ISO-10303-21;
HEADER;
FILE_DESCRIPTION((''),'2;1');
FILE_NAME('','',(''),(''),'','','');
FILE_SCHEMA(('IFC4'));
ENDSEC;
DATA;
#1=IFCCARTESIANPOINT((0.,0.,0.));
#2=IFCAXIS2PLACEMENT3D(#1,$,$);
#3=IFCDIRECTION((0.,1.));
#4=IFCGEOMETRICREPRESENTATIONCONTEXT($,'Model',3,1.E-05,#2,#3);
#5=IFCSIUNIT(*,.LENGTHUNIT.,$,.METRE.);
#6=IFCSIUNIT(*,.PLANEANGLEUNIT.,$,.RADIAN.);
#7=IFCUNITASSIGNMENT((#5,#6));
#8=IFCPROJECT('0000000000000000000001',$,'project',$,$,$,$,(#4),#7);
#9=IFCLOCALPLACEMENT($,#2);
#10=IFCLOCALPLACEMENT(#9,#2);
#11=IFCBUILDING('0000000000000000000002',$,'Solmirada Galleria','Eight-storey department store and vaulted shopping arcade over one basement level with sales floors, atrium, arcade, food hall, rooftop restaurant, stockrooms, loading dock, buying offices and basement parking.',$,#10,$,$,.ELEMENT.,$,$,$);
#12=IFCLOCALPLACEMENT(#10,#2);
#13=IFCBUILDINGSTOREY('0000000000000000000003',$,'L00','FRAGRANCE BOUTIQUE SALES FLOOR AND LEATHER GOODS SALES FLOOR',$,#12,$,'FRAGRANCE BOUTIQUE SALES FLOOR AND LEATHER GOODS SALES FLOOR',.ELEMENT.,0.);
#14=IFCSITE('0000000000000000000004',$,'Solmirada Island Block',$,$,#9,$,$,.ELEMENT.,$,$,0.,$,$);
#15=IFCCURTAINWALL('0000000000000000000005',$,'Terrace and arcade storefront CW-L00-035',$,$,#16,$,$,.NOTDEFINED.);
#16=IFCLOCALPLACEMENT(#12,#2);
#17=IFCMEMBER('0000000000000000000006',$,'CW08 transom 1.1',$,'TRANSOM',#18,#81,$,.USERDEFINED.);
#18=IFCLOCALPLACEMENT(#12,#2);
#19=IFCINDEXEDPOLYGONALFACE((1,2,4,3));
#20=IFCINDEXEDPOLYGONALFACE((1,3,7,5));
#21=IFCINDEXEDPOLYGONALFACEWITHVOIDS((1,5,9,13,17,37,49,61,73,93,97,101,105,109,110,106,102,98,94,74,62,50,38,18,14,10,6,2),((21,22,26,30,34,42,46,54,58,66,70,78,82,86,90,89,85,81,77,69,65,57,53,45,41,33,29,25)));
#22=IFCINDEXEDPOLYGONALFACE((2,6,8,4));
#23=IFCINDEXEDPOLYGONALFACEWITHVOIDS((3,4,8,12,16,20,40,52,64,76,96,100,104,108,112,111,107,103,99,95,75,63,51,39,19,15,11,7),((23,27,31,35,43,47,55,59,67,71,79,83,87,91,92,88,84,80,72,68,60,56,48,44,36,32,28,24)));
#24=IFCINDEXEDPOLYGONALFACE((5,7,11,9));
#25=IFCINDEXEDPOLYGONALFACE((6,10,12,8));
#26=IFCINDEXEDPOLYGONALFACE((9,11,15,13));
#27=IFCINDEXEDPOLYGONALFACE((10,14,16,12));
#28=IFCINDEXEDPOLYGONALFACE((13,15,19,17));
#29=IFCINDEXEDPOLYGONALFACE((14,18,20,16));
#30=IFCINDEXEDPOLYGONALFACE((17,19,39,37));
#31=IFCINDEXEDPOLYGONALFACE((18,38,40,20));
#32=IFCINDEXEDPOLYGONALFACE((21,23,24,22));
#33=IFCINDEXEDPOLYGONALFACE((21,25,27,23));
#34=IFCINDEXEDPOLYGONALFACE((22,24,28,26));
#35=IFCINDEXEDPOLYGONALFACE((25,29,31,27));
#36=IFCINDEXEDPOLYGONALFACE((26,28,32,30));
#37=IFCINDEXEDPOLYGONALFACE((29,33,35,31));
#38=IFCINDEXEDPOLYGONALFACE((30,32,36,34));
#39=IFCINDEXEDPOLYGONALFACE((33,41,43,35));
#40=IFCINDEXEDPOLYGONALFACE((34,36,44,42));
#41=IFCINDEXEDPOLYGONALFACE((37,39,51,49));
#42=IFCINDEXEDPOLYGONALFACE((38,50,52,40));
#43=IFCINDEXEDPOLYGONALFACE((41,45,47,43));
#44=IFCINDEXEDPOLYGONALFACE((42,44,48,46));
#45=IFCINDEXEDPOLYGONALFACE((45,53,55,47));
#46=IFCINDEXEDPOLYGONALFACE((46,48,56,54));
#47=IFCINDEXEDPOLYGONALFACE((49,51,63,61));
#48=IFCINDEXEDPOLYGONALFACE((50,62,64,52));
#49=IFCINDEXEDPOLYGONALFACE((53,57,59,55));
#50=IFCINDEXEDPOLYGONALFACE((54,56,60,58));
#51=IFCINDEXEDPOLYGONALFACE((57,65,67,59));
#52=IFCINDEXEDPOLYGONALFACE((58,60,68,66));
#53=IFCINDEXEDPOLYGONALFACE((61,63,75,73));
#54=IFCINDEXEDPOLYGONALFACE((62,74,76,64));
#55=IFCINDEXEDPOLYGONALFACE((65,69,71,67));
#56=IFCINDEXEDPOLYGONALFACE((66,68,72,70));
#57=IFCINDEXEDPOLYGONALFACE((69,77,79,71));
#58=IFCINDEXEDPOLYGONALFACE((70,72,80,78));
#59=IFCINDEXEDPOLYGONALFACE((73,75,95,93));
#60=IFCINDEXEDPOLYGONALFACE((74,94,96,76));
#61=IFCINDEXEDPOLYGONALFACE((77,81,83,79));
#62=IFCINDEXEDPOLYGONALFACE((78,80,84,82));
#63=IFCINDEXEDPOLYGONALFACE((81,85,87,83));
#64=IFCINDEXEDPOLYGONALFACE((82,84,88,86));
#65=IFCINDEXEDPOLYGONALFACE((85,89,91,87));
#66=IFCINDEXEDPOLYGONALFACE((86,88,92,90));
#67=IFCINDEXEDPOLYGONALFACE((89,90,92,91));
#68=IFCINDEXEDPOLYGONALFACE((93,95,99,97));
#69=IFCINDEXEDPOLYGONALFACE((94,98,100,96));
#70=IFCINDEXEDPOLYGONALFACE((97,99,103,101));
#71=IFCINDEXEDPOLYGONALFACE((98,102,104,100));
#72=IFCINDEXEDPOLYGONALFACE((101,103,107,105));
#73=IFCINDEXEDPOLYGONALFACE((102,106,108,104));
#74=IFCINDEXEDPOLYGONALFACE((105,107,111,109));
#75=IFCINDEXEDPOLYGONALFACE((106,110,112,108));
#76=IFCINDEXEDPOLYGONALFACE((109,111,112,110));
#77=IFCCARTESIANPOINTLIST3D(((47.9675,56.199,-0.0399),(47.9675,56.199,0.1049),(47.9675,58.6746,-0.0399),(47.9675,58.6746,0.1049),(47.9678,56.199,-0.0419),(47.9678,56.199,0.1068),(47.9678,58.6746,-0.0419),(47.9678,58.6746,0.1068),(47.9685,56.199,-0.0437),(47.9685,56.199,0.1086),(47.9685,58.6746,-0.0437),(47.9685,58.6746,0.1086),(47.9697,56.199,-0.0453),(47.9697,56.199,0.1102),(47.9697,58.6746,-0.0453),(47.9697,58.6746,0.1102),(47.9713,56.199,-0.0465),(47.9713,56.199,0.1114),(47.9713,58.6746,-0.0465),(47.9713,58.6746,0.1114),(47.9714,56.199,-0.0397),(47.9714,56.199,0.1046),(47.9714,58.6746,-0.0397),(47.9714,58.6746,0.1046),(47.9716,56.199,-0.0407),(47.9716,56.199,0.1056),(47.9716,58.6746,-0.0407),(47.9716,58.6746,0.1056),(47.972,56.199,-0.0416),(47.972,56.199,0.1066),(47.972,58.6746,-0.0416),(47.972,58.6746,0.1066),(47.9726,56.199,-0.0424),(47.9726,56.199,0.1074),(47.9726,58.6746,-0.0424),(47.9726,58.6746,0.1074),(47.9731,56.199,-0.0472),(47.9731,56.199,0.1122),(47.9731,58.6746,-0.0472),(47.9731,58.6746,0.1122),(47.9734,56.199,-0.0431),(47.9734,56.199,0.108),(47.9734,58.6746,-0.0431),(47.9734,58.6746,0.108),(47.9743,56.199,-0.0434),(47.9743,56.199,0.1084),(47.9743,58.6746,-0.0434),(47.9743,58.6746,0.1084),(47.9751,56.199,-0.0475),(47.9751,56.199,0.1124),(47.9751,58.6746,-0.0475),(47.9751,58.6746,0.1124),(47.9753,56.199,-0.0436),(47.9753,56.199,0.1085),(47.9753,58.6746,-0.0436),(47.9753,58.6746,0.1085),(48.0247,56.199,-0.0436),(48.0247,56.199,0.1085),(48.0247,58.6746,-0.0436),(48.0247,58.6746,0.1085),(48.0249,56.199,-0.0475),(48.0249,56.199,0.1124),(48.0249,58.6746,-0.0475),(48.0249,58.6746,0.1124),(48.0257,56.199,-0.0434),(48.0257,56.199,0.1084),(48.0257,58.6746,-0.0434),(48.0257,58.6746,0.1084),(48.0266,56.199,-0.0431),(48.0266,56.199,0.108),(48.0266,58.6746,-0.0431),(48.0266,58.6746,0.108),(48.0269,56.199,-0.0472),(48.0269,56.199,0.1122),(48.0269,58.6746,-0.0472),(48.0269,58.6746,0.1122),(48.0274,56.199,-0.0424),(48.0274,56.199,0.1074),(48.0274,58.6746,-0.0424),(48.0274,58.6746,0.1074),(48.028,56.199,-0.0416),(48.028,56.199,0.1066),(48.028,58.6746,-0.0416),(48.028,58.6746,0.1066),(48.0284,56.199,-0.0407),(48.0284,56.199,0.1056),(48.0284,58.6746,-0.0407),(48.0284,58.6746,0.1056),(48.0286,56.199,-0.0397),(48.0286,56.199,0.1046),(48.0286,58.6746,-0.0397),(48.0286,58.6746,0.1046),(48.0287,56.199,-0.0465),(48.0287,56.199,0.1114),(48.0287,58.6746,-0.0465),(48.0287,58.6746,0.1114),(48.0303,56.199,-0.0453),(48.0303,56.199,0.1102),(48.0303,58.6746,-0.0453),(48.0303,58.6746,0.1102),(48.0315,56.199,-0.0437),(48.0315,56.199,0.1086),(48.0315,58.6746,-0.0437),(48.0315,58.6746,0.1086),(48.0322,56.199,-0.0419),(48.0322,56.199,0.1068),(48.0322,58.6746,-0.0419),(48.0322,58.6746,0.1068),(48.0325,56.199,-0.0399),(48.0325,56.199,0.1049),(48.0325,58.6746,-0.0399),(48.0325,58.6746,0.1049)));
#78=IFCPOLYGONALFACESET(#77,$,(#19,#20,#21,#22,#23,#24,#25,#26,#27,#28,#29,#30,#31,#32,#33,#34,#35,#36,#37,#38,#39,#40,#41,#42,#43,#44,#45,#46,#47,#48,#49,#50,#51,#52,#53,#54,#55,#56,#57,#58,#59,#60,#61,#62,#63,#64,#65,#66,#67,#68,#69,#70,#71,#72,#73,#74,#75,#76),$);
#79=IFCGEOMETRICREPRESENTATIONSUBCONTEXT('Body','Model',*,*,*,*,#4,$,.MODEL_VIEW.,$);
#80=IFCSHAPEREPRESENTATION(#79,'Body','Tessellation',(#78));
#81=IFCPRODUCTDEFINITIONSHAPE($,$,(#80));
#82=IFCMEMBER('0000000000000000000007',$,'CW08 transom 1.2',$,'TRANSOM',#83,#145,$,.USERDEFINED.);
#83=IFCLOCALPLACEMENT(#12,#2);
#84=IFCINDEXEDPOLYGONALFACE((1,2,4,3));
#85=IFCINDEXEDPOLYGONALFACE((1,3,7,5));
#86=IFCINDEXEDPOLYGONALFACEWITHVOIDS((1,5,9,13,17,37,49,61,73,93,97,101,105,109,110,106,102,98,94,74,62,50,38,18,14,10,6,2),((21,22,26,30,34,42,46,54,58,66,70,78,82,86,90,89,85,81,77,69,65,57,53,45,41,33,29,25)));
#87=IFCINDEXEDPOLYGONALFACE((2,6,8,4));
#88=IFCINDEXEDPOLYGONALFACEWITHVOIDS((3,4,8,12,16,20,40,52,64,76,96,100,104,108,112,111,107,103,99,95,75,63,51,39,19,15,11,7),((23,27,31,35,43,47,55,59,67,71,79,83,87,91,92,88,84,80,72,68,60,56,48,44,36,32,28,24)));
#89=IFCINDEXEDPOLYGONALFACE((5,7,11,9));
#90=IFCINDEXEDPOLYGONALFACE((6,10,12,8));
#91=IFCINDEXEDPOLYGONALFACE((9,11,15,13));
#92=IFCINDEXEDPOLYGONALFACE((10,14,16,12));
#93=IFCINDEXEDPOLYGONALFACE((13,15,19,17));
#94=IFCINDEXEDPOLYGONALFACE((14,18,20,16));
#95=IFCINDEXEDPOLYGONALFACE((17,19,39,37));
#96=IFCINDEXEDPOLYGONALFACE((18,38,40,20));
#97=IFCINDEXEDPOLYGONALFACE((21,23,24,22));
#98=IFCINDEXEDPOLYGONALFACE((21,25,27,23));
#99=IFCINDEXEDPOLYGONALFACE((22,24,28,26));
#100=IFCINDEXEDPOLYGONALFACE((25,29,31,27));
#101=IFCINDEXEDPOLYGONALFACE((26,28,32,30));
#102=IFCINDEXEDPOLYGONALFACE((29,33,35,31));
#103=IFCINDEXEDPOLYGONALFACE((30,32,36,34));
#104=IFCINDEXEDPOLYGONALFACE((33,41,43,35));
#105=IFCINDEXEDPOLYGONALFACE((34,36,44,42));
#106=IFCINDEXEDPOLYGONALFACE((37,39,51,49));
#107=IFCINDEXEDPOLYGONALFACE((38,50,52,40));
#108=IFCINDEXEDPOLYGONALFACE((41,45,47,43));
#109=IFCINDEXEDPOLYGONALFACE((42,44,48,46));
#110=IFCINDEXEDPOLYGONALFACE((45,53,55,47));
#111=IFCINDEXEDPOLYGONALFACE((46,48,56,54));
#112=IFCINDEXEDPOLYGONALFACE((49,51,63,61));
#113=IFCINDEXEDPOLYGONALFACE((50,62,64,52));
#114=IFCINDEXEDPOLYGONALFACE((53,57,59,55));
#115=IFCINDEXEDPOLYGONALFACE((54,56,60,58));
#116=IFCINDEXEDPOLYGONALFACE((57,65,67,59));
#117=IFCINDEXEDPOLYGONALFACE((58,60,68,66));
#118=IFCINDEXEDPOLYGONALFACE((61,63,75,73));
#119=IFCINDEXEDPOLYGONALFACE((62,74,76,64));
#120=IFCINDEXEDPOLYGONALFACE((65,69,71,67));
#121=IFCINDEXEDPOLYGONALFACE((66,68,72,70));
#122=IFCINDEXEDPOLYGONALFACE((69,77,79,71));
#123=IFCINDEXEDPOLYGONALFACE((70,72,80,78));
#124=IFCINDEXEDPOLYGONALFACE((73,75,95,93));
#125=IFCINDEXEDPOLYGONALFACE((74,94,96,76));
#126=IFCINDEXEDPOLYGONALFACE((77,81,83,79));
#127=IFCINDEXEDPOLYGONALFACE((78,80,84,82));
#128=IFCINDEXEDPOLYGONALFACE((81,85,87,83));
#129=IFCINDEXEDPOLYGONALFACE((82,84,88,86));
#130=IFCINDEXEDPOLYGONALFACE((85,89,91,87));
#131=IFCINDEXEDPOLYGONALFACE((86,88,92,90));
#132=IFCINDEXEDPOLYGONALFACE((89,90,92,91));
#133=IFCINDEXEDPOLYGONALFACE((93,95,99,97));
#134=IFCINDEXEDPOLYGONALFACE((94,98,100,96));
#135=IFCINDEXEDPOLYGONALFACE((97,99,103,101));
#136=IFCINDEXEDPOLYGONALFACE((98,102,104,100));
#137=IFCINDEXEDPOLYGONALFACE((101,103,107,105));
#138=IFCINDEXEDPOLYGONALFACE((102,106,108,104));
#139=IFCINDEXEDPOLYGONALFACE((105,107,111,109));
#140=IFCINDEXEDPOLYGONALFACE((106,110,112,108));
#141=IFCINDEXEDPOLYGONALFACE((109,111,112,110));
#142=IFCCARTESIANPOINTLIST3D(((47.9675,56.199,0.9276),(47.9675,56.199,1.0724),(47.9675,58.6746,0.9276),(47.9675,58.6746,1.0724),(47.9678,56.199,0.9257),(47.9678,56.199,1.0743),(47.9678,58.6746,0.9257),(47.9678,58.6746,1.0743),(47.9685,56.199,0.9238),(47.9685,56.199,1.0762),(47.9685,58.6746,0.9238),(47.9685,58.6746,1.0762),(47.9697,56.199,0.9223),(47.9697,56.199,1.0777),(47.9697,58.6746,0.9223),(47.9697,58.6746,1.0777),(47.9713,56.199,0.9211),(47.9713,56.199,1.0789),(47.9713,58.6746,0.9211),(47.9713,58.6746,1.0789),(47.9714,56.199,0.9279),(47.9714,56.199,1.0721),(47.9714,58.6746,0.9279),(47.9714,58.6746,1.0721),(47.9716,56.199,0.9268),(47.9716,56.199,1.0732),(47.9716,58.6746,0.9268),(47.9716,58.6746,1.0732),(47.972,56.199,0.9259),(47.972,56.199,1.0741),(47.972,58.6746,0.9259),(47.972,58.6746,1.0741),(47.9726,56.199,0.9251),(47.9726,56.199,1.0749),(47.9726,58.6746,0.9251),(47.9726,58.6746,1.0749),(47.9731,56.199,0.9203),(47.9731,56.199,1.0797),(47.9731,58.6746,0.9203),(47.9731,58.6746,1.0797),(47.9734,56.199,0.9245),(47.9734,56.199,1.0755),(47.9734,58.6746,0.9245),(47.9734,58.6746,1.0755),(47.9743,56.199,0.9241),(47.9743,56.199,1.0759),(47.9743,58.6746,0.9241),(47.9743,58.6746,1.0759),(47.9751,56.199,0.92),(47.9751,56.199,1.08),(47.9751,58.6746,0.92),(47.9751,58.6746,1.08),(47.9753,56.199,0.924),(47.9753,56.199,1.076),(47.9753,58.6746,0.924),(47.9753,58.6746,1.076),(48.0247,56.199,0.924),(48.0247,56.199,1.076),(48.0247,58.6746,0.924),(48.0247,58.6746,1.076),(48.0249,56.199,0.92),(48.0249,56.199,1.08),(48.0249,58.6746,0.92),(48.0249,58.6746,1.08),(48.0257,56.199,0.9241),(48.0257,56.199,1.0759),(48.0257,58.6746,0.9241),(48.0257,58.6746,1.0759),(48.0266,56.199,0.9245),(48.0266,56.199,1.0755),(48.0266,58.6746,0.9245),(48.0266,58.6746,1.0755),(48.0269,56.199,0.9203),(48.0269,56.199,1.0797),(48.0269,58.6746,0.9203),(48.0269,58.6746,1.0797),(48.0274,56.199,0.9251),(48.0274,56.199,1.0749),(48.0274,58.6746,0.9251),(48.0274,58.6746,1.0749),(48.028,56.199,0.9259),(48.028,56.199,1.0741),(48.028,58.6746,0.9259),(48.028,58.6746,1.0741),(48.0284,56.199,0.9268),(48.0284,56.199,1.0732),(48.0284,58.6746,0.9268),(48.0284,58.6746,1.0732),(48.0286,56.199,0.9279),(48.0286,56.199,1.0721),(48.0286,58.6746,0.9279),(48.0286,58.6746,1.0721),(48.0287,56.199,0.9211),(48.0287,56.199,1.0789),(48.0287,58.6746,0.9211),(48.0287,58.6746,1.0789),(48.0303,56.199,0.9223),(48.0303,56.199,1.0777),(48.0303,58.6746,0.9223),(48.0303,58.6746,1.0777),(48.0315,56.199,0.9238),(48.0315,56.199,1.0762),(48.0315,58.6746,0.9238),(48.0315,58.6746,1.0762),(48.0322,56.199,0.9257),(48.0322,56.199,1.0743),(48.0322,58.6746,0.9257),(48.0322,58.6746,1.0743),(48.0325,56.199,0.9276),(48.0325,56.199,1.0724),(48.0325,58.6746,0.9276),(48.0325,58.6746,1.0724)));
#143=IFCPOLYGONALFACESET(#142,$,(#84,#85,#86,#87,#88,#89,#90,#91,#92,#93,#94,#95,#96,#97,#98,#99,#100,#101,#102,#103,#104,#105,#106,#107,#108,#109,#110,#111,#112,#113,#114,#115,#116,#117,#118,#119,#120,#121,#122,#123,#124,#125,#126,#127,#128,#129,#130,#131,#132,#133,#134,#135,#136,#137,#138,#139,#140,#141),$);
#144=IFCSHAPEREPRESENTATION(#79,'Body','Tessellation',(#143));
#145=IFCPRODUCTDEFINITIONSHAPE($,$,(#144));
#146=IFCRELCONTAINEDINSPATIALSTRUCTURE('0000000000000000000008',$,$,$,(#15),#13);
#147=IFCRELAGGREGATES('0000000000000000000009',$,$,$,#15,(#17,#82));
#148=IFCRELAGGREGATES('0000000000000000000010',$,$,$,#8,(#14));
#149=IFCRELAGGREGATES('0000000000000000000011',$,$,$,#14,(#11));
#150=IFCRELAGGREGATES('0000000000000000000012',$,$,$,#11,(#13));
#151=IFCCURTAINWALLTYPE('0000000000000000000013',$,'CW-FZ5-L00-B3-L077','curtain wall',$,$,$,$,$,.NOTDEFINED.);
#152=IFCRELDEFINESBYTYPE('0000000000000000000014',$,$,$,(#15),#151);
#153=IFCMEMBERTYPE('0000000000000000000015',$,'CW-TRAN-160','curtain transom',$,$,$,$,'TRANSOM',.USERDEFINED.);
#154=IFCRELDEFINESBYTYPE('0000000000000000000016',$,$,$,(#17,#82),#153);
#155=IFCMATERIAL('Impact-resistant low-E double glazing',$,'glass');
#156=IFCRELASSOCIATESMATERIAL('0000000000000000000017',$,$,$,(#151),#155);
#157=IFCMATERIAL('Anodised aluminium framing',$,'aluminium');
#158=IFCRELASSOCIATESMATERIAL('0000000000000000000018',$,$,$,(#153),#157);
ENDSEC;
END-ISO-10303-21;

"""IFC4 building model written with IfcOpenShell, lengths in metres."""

from ifc_helpers import new_model, si_unit, direction, frame, origin, origin_2d, place, context, subcontext, project, spatial, hollow_rectangle, extrude, material, material_profile, profile_set, type_object, element, aggregate, save


model = new_model("IFC4")

# Units and contexts
model_context = context("Model", 3, precision=1e-05, world=origin(), true_north=direction((0.0, 1.0)))
body_context = subcontext(model_context, "Body", "Model", "MODEL_VIEW")
ifc_project = project(units=[si_unit("LENGTHUNIT", "METRE"), si_unit("PLANEANGLEUNIT", "RADIAN")], contexts=[model_context])

# Site, building, storey
site_placement = place(None, origin())
site = spatial("IfcSite", under=ifc_project, at=site_placement, Name="Solmirada Island Block", CompositionType="ELEMENT", RefElevation=0.0)
building_placement = place(site_placement, origin())
building = spatial("IfcBuilding", under=site, at=building_placement, Name="Solmirada Galleria", Description="Eight-storey department store and vaulted shopping arcade over one basement level with sales floors, atrium, arcade, food hall, rooftop restaurant, stockrooms, loading dock, buying offices and basement parking.", CompositionType="ELEMENT")
storey_placement = place(building_placement, origin())
storey = spatial("IfcBuildingStorey", under=building, at=storey_placement, Name="L00", Description="FRAGRANCE BOUTIQUE SALES FLOOR AND LEATHER GOODS SALES FLOOR", LongName="FRAGRANCE BOUTIQUE SALES FLOOR AND LEATHER GOODS SALES FLOOR", CompositionType="ELEMENT", Elevation=0.0)

# Curtain wall
ifc_material_1 = material(Name="Impact-resistant low-E double glazing", Category="glass")
curtain_wall_type = type_object("IfcCurtainWallType", Name="CW-FZ5-L00-B3-L077", Description="curtain wall", PredefinedType="NOTDEFINED", material=ifc_material_1)
ifc_material_2 = material(Name="Anodised aluminium framing", Category="aluminium")
curtain_wall_1_placement = place(storey_placement, origin())
curtain_wall_1 = element("IfcCurtainWall", 1, at=curtain_wall_1_placement, inside=storey, type_object=curtain_wall_type, Name="Terrace and arcade storefront CW-L00-035", PredefinedType="NOTDEFINED")

# Members
ifc_material_profile_1 = material_profile(ifc_material_2, hollow_rectangle(XDim=0.0649, YDim=0.1599, WallThickness=0.0039, InnerFilletRadius=0.0039, OuterFilletRadius=0.0076, at=origin_2d()), Name="ALU-TRAN-160X65")
ifc_profile_set_1 = profile_set([ifc_material_profile_1], Name="Anodised aluminium framing")
member_type_1 = type_object("IfcMemberType", Name="CW-TRAN-160", Description="curtain transom", ElementType="TRANSOM", PredefinedType="USERDEFINED", material=ifc_profile_set_1)
member_1_placement = place(storey_placement, frame((48.0, 56.199, 0.0325), z_axis=(0.0, 1.0, 0.0), x_axis=(-1.0, 0.0, 0.0)))
member_1 = element("IfcMember", 2, at=member_1_placement, type_object=member_type_1, Name="CW08 transom 1.1", ObjectType="TRANSOM", PredefinedType="USERDEFINED", context=body_context, shape_type="SweptSolid", body=[
    extrude(hollow_rectangle(XDim=0.0649, YDim=0.1599, WallThickness=0.0039, InnerFilletRadius=0.0039, OuterFilletRadius=0.0076, at=origin_2d()), origin(), (0.0, 0.0, 1.0), 2.4756),
])
member_2_placement = place(storey_placement, frame((48.0, 56.199, 1.0), z_axis=(0.0, 1.0, 0.0), x_axis=(-1.0, 0.0, 0.0)))
member_2 = element("IfcMember", 3, at=member_2_placement, type_object=member_type_1, Name="CW08 transom 1.2", ObjectType="TRANSOM", PredefinedType="USERDEFINED", context=body_context, shape_type="SweptSolid", body=[
    extrude(hollow_rectangle(XDim=0.0649, YDim=0.1599, WallThickness=0.0039, InnerFilletRadius=0.0039, OuterFilletRadius=0.0076, at=origin_2d()), origin(), (0.0, 0.0, 1.0), 2.4756),
])

aggregate(curtain_wall_1, [member_1, member_2])

save(model, "model.ifc")
